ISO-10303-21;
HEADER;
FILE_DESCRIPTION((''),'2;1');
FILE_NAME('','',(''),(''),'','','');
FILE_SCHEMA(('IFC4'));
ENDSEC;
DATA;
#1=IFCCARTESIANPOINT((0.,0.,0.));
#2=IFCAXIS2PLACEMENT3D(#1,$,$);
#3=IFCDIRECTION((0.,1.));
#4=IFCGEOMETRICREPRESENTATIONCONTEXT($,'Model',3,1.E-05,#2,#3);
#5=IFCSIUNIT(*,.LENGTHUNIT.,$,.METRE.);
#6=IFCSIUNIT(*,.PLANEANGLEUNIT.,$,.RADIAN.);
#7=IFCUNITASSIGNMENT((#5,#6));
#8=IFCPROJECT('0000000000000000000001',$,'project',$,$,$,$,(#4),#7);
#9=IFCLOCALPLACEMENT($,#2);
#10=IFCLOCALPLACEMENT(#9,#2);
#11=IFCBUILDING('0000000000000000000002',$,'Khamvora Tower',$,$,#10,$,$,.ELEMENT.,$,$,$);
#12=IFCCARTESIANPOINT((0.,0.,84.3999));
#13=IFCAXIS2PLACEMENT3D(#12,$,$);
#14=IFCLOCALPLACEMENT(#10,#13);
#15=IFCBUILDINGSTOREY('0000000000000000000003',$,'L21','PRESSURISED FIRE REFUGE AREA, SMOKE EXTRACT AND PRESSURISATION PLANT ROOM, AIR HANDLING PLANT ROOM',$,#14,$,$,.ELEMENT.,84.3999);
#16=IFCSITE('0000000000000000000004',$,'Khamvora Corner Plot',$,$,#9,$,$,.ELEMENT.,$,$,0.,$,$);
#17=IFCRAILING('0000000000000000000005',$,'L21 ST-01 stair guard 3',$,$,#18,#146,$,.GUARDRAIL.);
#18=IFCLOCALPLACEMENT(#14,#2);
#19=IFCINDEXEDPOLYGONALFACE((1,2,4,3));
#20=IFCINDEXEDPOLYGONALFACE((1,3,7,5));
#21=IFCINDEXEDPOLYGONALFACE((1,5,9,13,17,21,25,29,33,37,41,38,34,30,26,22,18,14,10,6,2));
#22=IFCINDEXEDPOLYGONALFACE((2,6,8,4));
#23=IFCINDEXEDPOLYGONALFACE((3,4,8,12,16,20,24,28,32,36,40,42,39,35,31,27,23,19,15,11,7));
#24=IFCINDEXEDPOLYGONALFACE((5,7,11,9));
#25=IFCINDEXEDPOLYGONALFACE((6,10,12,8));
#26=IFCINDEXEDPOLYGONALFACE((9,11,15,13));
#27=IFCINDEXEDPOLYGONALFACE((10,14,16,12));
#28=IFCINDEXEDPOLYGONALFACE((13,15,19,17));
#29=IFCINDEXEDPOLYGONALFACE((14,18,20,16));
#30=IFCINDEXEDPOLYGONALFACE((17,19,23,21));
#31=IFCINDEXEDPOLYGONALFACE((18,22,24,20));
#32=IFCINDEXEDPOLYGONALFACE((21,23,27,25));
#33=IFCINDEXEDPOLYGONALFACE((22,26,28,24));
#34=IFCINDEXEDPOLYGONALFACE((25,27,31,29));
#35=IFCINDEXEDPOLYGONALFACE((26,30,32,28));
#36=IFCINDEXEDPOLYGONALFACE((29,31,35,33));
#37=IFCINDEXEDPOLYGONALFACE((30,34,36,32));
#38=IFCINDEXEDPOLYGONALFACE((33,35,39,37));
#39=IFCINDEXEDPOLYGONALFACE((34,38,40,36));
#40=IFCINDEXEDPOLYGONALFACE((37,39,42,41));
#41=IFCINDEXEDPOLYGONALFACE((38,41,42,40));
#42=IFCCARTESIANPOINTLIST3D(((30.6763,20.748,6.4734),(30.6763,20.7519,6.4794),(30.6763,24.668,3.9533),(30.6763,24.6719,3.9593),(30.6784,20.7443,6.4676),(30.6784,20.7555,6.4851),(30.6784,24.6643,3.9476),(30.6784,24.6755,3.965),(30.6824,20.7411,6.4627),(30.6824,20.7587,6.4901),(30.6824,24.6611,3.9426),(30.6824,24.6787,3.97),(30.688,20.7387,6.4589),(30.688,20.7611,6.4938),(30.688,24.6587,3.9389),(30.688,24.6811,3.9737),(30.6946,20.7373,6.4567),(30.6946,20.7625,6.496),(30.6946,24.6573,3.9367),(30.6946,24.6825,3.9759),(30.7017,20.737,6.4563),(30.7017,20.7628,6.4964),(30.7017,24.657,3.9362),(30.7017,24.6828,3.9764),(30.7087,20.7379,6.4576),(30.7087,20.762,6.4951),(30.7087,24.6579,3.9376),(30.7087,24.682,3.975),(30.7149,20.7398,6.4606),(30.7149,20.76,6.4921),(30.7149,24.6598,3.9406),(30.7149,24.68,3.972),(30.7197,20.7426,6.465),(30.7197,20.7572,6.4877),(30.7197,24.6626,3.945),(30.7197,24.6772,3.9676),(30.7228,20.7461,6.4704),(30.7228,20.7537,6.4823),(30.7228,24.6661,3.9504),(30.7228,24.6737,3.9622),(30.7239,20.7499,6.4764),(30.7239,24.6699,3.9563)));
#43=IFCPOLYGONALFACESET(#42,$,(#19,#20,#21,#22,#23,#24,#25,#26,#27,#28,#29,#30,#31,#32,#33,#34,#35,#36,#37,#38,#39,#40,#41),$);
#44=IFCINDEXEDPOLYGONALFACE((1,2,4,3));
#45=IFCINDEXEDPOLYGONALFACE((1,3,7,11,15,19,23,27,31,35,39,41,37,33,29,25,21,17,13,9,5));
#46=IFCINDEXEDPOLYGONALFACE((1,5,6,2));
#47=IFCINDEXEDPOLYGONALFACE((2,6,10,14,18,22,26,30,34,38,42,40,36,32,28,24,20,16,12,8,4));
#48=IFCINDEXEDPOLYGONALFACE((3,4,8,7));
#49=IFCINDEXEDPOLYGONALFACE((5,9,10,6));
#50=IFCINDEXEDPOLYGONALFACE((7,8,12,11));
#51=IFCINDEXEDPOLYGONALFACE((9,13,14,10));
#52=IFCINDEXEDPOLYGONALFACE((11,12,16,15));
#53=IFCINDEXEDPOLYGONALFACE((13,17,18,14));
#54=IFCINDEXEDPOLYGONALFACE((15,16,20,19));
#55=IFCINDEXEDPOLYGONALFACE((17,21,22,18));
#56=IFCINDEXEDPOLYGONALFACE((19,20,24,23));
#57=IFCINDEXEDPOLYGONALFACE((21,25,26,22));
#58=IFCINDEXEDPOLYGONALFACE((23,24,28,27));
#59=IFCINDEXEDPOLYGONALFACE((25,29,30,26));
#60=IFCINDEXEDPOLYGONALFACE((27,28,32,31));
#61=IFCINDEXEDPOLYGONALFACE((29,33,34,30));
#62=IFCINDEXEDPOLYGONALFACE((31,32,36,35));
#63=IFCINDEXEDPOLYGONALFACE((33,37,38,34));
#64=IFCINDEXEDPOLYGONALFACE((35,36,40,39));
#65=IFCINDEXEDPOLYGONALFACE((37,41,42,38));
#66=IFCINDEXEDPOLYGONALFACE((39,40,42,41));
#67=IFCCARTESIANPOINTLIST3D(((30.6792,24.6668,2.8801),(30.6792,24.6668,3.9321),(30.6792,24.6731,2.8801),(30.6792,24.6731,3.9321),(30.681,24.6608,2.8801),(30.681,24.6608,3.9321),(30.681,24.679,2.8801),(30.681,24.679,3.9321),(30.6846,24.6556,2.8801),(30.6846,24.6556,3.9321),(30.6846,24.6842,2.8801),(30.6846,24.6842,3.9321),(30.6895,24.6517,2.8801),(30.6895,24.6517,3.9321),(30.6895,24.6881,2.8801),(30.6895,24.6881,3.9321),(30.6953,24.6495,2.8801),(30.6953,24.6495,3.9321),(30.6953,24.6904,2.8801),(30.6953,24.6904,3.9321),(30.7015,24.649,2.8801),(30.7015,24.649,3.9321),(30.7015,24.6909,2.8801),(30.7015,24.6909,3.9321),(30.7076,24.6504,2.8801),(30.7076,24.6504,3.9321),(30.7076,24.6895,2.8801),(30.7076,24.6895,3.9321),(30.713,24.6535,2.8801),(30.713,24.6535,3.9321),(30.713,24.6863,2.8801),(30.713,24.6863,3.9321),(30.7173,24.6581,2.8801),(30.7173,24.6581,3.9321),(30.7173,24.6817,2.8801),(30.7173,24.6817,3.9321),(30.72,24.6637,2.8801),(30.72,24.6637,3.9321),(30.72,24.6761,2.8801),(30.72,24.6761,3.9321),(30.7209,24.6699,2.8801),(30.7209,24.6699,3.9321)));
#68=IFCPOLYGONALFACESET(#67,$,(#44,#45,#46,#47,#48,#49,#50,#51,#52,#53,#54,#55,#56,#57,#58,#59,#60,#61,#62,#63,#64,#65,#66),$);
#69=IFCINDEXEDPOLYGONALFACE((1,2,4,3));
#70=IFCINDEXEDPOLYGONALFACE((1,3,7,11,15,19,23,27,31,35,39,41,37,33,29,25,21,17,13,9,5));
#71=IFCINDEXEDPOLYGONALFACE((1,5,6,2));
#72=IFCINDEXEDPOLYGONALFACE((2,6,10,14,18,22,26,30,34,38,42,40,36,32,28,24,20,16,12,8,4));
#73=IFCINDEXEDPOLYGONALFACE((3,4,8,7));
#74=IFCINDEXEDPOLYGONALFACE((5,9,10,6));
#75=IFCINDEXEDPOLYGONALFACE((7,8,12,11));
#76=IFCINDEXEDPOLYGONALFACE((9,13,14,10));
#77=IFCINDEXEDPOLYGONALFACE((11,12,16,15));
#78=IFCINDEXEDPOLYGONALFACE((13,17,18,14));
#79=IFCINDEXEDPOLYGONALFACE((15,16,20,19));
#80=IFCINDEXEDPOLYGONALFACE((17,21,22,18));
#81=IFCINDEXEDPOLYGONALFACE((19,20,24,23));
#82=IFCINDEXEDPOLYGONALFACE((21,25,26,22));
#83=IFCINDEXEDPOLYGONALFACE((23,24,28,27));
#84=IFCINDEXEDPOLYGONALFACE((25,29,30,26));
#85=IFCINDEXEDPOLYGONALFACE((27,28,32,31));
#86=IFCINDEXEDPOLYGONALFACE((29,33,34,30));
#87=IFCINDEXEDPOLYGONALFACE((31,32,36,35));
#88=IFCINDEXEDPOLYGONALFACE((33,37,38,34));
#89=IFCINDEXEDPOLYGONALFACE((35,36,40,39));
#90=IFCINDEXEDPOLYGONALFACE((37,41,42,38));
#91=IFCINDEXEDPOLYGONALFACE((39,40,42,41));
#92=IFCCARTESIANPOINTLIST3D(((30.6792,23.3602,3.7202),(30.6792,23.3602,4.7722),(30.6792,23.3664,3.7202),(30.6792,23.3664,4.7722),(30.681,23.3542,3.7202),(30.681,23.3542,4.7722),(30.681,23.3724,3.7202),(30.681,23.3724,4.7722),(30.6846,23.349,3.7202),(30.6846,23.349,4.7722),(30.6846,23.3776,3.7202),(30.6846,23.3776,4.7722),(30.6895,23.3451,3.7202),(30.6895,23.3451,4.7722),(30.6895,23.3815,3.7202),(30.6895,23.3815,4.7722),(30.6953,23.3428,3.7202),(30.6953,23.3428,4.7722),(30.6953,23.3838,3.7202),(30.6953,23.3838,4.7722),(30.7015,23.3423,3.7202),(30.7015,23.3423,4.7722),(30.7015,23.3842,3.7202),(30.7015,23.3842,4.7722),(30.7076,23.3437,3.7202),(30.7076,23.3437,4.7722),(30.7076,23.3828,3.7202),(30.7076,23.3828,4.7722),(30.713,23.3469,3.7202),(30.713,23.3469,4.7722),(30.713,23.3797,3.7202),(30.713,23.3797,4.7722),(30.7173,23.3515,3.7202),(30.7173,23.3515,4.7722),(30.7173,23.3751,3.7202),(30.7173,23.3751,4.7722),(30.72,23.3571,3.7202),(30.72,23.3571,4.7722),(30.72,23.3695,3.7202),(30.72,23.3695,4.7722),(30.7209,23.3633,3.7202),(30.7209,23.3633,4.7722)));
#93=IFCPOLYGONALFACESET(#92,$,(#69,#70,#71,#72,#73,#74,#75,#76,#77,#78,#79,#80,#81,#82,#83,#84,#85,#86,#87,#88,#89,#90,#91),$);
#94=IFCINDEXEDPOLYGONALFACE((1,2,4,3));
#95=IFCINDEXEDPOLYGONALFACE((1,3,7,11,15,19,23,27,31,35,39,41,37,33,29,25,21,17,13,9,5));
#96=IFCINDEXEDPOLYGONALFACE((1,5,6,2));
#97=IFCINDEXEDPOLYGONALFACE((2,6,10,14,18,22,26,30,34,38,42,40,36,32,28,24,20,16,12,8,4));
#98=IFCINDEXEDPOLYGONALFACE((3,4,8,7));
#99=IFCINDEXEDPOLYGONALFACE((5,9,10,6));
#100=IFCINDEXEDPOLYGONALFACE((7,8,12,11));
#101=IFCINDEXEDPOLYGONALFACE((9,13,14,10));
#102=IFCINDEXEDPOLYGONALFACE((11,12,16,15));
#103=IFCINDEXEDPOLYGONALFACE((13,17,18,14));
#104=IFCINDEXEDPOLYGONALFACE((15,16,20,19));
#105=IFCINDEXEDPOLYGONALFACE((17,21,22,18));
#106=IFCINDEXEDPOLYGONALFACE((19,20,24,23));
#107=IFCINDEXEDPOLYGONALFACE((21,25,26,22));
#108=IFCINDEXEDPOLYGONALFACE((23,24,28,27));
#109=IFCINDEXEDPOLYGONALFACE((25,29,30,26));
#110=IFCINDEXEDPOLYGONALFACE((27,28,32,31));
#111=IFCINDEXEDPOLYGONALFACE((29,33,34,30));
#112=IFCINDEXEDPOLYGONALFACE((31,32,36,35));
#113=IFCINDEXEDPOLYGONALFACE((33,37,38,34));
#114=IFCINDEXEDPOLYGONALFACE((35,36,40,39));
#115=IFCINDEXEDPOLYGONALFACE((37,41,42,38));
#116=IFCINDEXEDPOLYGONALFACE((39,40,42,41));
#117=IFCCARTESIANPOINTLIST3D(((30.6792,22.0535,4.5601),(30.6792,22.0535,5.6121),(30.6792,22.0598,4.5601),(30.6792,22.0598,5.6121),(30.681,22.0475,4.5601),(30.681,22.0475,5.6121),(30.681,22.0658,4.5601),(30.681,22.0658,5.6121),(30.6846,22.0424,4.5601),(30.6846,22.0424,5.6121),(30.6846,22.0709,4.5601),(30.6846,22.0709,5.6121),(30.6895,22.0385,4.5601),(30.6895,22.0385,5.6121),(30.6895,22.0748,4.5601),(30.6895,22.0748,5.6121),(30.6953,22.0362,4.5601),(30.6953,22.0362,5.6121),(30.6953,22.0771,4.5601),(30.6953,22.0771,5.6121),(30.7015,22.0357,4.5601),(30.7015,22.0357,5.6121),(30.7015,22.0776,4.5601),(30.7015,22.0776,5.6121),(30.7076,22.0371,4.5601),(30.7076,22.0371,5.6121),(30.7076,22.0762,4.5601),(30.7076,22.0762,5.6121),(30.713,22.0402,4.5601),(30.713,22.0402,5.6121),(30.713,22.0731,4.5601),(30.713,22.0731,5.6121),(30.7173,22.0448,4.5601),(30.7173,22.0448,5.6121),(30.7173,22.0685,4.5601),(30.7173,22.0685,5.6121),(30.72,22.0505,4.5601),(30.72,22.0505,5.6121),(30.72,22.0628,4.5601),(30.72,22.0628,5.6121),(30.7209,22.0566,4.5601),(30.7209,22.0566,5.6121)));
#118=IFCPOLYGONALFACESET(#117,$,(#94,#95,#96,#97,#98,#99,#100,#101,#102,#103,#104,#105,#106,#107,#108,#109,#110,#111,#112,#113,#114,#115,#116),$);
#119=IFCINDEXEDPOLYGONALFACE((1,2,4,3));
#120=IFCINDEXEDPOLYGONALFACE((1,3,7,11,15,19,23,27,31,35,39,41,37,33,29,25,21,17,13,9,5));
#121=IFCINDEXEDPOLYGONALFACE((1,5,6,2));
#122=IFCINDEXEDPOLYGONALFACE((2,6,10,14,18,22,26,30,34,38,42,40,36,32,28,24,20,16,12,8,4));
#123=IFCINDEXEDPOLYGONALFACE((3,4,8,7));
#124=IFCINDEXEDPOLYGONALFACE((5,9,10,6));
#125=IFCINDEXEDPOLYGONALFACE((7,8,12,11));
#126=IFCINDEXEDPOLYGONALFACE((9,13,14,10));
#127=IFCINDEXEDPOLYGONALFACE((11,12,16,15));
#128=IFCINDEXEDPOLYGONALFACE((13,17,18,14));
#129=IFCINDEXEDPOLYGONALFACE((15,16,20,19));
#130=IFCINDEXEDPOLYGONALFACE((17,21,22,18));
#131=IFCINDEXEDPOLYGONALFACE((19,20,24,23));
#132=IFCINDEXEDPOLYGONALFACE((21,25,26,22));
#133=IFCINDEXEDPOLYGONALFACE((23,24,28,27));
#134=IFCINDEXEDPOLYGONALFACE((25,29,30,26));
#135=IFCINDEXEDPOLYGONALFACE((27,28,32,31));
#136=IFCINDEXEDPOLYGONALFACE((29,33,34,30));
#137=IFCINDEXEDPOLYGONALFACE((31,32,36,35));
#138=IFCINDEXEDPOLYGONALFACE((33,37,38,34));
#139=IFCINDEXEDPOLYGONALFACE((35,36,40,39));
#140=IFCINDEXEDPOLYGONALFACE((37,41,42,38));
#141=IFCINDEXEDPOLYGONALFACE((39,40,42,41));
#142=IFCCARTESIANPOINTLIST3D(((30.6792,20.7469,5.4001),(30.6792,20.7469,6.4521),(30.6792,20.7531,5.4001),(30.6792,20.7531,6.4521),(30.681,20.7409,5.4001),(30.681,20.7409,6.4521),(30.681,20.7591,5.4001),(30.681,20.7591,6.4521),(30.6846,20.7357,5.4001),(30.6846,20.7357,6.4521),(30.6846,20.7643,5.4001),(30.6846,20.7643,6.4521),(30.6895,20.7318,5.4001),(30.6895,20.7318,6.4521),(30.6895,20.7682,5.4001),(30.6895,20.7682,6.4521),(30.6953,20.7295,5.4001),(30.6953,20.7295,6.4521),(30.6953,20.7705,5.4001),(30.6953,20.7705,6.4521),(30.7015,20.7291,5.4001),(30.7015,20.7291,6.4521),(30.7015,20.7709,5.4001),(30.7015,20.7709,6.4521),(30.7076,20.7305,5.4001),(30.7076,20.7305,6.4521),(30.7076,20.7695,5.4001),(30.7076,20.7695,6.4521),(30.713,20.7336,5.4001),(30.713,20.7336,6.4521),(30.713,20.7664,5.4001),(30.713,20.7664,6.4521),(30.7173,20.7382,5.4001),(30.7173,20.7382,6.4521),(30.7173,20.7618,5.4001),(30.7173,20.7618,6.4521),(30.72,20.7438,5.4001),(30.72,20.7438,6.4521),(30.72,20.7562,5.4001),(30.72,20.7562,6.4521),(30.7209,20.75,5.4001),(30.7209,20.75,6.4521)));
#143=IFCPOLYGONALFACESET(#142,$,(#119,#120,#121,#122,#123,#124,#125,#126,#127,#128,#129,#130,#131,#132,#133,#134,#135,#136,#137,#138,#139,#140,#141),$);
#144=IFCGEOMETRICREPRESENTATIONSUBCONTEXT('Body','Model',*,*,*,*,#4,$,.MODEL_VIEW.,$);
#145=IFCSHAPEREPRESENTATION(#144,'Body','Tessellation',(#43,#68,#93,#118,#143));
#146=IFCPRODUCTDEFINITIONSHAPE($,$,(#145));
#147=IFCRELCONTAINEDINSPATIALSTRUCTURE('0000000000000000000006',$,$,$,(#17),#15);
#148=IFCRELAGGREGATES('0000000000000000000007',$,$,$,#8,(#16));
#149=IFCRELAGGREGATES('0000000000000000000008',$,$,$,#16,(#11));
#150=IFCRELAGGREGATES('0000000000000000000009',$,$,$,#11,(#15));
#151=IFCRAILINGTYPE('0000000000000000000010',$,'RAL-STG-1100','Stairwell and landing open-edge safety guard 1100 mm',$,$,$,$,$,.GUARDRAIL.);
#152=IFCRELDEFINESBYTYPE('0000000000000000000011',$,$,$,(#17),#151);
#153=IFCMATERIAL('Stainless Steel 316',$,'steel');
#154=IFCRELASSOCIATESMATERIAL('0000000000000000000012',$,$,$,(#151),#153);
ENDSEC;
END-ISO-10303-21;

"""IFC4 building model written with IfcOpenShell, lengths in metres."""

from ifc_helpers import new_model, si_unit, direction, frame, origin, origin_2d, place, context, subcontext, project, spatial, circle, extrude, material, type_object, element, save


model = new_model("IFC4")

# Units and contexts
model_context = context("Model", 3, precision=1e-05, world=origin(), true_north=direction((0.0, 1.0)))
body_context = subcontext(model_context, "Body", "Model", "MODEL_VIEW")
ifc_project = project(units=[si_unit("LENGTHUNIT", "METRE"), si_unit("PLANEANGLEUNIT", "RADIAN")], contexts=[model_context])

# Site, building, storey
site_placement = place(None, origin())
site = spatial("IfcSite", under=ifc_project, at=site_placement, Name="Khamvora Corner Plot", CompositionType="ELEMENT", RefElevation=0.0)
building_placement = place(site_placement, origin())
building = spatial("IfcBuilding", under=site, at=building_placement, Name="Khamvora Tower", CompositionType="ELEMENT")
storey_placement = place(building_placement, frame((0.0, 0.0, 84.3999)))
storey = spatial("IfcBuildingStorey", under=building, at=storey_placement, Name="L21", Description="PRESSURISED FIRE REFUGE AREA, SMOKE EXTRACT AND PRESSURISATION PLANT ROOM, AIR HANDLING PLANT ROOM", CompositionType="ELEMENT", Elevation=84.3999)

# Railing
ifc_material_1 = material(Name="Stainless Steel 316", Category="steel")
railing_type_1 = type_object("IfcRailingType", Name="RAL-STG-1100", Description="Stairwell and landing open-edge safety guard 1100 mm", PredefinedType="GUARDRAIL", material=ifc_material_1)
railing_1_placement = place(storey_placement, frame((30.7, 24.6699, 2.8801)))
element("IfcRailing", 1, at=railing_1_placement, inside=storey, type_object=railing_type_1, Name="L21 ST-01 stair guard 3", PredefinedType="GUARDRAIL", context=body_context, shape_type="SweptSolid", body=[
    extrude(circle(Radius=0.0239, at=origin_2d()), frame((0.0, 0.0, 1.0762), z_axis=(0.0, -0.841172, 0.540768), x_axis=(1.0, 0.0, 0.0)), (0.0, 0.0, 1.0), 4.6602),
    extrude(circle(Radius=0.021, at=origin_2d()), origin(), (0.0, 0.0, 1.0), 1.052),
    extrude(circle(Radius=0.021, at=origin_2d()), frame((0.0, -1.3066, 0.8401)), (0.0, 0.0, 1.0), 1.052),
    extrude(circle(Radius=0.021, at=origin_2d()), frame((0.0, -2.6133, 1.6799)), (0.0, 0.0, 1.0), 1.052),
    extrude(circle(Radius=0.021, at=origin_2d()), frame((0.0, -3.9199, 2.52)), (0.0, 0.0, 1.0), 1.052),
])

save(model, "model.ifc")
